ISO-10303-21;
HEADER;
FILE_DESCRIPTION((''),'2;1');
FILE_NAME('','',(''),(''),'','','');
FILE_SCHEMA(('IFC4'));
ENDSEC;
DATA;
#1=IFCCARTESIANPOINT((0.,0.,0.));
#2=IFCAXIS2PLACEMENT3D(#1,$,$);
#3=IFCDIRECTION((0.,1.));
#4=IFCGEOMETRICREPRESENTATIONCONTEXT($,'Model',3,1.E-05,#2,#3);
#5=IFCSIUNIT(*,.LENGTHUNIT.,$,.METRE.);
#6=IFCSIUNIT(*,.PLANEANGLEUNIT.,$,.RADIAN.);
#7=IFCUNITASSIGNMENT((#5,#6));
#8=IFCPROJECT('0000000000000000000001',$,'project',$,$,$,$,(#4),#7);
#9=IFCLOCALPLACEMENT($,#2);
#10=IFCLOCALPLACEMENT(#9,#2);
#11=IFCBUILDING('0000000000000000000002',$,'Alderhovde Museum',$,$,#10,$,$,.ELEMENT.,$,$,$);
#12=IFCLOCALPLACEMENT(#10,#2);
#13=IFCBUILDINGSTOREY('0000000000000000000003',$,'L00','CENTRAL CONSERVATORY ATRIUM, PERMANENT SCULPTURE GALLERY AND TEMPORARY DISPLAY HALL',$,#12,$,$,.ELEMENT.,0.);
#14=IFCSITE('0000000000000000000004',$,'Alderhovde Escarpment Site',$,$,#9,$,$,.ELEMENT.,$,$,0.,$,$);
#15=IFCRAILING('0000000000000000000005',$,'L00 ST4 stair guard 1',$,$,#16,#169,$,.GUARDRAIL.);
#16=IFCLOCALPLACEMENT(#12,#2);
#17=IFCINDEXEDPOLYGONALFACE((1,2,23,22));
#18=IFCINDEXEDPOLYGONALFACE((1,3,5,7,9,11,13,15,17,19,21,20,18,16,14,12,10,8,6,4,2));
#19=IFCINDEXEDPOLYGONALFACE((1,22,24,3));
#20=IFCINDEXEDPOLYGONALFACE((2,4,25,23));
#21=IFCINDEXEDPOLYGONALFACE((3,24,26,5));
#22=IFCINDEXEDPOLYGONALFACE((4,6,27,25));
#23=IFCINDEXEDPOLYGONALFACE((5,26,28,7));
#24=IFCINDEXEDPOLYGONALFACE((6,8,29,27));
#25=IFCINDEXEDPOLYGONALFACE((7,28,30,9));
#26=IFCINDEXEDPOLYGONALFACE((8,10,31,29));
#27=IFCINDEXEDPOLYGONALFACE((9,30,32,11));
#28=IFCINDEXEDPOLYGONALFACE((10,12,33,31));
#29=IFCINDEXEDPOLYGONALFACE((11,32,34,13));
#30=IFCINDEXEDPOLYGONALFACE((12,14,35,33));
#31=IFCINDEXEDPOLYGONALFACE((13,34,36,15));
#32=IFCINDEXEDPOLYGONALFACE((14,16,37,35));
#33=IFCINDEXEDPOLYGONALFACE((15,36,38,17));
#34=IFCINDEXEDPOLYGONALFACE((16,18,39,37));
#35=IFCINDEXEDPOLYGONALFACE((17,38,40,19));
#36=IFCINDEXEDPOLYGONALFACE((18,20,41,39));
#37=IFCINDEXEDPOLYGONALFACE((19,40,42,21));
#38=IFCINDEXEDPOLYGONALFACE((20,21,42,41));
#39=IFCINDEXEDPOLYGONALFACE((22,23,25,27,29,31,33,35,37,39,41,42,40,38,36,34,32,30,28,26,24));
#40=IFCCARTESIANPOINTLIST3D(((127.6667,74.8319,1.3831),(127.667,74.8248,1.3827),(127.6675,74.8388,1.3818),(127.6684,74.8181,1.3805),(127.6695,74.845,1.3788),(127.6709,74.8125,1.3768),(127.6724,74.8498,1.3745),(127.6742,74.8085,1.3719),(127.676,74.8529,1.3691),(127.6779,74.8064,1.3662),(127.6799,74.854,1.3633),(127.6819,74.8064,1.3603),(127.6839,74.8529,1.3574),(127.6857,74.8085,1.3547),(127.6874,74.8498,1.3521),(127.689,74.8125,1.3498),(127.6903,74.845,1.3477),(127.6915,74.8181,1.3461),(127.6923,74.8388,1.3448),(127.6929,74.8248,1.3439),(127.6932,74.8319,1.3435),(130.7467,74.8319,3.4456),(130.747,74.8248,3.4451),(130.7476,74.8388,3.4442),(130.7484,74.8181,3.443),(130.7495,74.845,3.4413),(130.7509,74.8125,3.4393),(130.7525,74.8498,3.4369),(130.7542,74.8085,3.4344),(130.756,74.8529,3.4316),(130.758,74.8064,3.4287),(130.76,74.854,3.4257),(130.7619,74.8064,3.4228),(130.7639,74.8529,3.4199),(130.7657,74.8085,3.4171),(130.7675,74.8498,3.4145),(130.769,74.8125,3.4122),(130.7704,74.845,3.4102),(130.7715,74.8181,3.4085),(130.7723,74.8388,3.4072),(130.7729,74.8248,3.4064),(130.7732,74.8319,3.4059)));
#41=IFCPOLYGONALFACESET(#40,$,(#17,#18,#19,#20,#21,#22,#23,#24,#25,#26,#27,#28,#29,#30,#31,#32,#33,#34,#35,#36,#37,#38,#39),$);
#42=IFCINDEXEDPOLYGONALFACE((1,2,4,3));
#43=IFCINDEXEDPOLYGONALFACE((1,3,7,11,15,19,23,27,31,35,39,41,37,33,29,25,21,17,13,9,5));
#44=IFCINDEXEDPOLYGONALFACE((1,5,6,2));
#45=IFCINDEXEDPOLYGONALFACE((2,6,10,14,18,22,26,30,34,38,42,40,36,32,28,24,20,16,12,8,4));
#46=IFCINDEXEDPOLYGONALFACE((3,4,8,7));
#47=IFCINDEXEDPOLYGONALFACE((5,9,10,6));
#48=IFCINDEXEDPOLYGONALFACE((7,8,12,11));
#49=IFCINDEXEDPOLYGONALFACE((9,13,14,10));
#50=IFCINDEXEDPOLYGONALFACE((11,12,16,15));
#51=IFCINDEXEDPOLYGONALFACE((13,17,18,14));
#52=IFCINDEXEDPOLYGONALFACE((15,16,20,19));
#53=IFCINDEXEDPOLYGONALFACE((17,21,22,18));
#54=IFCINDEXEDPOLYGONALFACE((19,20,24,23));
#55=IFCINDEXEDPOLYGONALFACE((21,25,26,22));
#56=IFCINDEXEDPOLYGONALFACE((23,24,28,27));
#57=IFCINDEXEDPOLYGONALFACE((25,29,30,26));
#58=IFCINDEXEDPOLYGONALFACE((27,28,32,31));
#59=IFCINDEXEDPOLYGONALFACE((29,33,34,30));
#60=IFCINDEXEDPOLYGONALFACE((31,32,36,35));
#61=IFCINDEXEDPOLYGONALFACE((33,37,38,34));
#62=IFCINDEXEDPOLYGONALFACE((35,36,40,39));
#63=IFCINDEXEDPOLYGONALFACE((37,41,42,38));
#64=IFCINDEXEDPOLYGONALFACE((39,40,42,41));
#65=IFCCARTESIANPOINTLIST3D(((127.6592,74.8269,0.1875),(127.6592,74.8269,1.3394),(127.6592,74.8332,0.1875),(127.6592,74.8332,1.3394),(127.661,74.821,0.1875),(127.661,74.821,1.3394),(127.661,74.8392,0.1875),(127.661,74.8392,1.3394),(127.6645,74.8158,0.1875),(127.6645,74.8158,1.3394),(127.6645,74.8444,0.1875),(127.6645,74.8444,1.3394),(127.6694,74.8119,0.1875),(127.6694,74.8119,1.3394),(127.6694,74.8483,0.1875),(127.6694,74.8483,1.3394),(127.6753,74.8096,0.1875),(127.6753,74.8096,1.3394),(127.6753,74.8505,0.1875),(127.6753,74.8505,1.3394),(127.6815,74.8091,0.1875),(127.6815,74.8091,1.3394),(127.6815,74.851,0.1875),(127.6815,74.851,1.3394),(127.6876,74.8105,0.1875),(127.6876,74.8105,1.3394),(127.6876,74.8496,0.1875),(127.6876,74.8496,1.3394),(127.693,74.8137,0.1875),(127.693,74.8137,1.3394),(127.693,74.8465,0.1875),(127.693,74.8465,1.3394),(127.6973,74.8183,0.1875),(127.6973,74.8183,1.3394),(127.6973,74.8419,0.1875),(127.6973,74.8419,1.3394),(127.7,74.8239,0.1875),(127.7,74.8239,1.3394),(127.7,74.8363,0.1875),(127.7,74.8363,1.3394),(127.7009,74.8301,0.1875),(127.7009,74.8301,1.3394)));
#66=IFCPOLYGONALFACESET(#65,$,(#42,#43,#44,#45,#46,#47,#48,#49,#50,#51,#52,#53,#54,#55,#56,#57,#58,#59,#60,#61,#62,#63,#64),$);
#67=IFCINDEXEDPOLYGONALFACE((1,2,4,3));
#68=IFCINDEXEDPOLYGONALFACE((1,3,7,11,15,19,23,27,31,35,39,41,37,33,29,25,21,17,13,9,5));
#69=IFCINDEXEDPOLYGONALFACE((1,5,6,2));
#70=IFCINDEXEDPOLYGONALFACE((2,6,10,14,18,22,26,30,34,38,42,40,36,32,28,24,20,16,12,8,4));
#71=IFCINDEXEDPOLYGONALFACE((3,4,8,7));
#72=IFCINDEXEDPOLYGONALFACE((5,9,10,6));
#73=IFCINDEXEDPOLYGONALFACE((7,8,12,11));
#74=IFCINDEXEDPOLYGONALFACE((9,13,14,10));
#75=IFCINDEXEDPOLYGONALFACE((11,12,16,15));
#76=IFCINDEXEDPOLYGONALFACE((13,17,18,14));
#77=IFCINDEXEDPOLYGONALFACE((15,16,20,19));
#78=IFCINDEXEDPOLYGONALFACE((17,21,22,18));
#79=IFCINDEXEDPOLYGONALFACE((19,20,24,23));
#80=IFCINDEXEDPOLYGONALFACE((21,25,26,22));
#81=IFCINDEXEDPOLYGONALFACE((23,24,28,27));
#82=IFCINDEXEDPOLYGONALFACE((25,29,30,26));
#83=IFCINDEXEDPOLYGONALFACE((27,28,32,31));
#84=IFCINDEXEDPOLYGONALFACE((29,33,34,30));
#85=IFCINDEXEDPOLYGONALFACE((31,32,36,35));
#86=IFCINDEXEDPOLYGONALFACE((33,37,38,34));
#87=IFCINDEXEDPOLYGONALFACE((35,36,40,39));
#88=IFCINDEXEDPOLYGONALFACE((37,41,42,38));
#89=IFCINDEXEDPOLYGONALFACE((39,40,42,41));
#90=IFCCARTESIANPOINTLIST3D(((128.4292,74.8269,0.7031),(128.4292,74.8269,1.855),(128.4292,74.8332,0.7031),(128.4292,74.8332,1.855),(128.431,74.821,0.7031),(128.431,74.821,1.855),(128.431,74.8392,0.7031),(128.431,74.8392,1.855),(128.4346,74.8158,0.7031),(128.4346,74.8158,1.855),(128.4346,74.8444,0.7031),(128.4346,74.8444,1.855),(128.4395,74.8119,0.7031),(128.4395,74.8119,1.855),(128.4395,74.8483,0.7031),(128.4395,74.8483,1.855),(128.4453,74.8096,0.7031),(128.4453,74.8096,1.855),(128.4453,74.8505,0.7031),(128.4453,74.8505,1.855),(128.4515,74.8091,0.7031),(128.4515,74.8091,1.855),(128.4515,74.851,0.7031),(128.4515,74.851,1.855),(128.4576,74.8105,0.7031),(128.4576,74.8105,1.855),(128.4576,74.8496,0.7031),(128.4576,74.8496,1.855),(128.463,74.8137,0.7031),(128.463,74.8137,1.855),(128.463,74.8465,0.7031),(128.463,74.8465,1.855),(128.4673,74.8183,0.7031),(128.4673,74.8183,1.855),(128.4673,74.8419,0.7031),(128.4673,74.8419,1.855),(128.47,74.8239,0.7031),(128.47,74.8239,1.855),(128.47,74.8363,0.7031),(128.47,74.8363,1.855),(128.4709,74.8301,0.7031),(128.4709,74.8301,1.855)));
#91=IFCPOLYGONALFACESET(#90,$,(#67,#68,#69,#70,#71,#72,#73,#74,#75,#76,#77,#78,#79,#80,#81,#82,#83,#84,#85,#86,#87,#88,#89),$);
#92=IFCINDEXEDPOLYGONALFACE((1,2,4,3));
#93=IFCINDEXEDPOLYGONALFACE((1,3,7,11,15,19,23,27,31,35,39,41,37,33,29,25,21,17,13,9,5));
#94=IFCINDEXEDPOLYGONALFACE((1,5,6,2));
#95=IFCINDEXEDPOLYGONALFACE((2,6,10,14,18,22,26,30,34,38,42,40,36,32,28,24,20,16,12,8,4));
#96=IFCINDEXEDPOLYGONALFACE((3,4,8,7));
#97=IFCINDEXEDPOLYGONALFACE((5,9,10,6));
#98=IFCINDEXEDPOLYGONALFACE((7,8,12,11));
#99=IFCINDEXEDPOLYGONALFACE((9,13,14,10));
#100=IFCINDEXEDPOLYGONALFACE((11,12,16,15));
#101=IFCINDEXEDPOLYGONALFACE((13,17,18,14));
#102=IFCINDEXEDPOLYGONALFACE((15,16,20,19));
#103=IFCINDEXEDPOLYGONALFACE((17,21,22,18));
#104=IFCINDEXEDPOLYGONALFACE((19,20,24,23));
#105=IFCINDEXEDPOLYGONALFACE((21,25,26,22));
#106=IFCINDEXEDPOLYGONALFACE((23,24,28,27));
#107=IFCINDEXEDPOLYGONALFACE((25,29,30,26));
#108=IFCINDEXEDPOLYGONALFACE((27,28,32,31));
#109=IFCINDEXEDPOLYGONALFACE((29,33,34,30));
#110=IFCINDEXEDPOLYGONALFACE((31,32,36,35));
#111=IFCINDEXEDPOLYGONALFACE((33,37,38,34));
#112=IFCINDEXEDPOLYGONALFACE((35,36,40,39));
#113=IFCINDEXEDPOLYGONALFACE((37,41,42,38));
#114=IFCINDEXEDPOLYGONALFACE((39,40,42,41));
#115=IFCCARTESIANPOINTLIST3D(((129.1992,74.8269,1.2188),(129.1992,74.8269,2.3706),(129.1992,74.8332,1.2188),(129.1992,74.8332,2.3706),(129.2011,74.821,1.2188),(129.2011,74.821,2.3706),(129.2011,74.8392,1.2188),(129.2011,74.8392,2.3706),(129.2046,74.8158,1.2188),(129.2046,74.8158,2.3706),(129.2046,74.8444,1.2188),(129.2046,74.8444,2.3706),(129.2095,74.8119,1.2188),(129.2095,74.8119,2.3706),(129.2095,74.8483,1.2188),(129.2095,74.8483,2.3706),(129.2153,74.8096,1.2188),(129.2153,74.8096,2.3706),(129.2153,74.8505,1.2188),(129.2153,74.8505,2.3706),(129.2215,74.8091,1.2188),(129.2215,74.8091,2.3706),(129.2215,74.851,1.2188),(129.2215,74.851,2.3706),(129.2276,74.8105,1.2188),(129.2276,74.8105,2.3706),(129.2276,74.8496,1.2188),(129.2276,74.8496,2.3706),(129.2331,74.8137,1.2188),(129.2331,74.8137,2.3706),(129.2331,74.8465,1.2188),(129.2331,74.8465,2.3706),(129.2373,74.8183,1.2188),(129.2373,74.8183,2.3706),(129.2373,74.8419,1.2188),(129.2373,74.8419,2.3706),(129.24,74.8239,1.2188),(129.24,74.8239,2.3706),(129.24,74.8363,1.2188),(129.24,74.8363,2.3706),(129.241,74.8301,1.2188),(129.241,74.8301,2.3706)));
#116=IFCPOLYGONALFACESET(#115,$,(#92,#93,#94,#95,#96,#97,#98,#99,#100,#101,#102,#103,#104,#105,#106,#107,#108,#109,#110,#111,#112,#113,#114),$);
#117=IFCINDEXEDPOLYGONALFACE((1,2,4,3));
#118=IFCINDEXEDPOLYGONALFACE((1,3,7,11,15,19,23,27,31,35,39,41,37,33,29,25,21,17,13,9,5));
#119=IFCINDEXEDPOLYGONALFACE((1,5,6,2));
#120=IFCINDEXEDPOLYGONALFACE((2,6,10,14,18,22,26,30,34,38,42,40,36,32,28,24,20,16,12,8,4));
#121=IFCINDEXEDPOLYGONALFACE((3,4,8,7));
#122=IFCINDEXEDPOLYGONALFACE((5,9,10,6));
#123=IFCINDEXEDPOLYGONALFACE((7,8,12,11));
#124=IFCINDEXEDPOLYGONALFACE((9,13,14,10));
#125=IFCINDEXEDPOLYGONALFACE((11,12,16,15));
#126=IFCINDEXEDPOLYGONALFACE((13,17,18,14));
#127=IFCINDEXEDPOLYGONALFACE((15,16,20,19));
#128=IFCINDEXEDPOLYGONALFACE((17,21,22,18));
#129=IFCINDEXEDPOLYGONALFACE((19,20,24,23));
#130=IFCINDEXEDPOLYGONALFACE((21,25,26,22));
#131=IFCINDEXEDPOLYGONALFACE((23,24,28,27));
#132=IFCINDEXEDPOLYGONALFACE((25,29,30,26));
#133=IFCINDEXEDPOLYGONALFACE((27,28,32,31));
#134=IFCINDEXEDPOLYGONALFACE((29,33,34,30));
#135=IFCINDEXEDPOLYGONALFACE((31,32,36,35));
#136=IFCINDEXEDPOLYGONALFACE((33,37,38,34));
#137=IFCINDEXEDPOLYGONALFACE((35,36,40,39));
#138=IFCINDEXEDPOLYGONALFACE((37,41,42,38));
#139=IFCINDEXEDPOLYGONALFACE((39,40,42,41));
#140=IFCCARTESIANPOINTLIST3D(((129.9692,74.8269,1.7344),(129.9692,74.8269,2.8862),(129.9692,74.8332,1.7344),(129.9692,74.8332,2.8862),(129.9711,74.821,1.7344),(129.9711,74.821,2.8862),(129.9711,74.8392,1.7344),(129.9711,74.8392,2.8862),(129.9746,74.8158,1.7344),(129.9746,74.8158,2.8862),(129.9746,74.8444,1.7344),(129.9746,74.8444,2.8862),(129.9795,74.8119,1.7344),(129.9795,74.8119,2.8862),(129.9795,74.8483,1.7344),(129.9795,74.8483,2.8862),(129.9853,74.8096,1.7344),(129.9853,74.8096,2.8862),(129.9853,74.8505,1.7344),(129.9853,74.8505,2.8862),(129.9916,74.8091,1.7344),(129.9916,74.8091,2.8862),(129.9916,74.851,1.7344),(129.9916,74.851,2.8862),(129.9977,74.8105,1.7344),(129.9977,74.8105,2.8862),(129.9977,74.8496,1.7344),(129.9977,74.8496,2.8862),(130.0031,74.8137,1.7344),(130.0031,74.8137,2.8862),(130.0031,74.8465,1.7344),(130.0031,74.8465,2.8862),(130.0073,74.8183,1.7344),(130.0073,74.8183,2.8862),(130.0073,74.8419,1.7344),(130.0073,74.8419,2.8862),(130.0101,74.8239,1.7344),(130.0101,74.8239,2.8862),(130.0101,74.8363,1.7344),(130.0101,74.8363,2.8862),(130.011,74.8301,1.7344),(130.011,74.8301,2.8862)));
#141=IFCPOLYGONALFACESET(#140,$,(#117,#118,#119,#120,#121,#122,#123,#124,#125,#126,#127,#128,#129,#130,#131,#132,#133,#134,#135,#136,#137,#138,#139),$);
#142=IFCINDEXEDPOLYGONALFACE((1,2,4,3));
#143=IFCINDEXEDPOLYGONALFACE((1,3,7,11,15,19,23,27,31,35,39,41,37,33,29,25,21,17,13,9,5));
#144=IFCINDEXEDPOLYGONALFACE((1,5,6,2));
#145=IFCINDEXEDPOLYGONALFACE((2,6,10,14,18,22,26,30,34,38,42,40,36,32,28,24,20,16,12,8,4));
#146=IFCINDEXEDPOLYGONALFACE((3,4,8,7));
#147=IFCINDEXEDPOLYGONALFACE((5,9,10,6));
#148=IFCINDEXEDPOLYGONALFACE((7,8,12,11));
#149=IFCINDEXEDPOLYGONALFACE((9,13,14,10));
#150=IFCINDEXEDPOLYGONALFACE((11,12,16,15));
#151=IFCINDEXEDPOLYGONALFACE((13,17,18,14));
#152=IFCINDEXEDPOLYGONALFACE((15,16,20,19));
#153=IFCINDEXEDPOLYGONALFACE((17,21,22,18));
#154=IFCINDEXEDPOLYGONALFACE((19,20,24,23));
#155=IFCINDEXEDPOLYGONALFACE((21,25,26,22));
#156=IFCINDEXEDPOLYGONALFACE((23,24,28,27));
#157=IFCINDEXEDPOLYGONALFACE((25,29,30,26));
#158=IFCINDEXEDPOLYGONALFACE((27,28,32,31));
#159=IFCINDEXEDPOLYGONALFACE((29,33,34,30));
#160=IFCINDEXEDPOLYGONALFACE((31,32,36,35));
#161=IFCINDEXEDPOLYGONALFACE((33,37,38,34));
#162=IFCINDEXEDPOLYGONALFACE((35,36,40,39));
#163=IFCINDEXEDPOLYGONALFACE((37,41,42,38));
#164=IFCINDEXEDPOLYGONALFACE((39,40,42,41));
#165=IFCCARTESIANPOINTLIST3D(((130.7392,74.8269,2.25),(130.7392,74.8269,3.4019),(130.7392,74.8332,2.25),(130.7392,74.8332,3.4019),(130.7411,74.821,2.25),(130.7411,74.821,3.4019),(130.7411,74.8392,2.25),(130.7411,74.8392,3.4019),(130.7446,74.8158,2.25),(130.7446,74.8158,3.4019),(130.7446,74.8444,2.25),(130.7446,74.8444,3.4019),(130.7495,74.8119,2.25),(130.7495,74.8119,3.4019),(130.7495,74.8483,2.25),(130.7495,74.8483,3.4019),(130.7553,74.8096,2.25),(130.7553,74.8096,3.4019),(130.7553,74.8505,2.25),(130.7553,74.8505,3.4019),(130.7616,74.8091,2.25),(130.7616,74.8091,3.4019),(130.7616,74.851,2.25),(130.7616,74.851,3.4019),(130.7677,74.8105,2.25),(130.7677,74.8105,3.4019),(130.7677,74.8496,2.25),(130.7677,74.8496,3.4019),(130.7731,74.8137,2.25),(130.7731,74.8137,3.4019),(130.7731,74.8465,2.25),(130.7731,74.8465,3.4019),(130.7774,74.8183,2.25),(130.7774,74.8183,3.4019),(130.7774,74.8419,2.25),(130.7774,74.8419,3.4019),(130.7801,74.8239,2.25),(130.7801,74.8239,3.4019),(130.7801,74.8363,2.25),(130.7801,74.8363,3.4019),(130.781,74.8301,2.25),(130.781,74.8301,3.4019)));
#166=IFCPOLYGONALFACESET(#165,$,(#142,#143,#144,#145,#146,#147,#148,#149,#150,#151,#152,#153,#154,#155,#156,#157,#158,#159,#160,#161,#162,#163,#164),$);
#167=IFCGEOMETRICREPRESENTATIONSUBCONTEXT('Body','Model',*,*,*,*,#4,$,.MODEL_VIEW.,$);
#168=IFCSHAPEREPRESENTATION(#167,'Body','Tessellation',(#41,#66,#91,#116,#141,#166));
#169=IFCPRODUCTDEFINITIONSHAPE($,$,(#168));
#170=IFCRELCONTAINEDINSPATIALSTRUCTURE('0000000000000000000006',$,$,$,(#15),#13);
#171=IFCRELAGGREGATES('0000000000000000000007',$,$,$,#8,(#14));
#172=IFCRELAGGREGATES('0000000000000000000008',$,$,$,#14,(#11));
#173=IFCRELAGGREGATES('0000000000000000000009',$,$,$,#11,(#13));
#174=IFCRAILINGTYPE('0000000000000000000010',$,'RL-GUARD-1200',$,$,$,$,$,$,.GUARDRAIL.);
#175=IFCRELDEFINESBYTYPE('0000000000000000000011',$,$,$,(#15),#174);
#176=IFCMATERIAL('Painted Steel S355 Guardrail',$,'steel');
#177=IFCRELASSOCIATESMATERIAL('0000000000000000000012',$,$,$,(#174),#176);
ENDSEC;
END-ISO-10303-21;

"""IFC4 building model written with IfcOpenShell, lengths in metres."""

from ifc_helpers import new_model, si_unit, direction, frame, origin, origin_2d, place, context, subcontext, project, spatial, circle, extrude, material, type_object, element, save


model = new_model("IFC4")

# Units and contexts
model_context = context("Model", 3, precision=1e-05, world=origin(), true_north=direction((0.0, 1.0)))
body_context = subcontext(model_context, "Body", "Model", "MODEL_VIEW")
ifc_project = project(units=[si_unit("LENGTHUNIT", "METRE"), si_unit("PLANEANGLEUNIT", "RADIAN")], contexts=[model_context])

# Site, building, storey
site_placement = place(None, origin())
site = spatial("IfcSite", under=ifc_project, at=site_placement, Name="Alderhovde Escarpment Site", CompositionType="ELEMENT", RefElevation=0.0)
building_placement = place(site_placement, origin())
building = spatial("IfcBuilding", under=site, at=building_placement, Name="Alderhovde Museum", CompositionType="ELEMENT")
storey_placement = place(building_placement, origin())
storey = spatial("IfcBuildingStorey", under=building, at=storey_placement, Name="L00", Description="CENTRAL CONSERVATORY ATRIUM, PERMANENT SCULPTURE GALLERY AND TEMPORARY DISPLAY HALL", CompositionType="ELEMENT", Elevation=0.0)

# Railing
ifc_material_1 = material(Name="Painted Steel S355 Guardrail", Category="steel")
railing_type_1 = type_object("IfcRailingType", Name="RL-GUARD-1200", PredefinedType="GUARDRAIL", material=ifc_material_1)
railing_1_placement = place(storey_placement, frame((127.6799, 74.8301, 0.1875)))
element("IfcRailing", 1, at=railing_1_placement, inside=storey, type_object=railing_type_1, Name="L00 ST4 stair guard 1", PredefinedType="GUARDRAIL", context=body_context, shape_type="SweptSolid", body=[
    extrude(circle(Radius=0.0239, at=origin_2d()), frame((0.0, 0.0, 1.1758), z_axis=(0.830914, 0.0, 0.556401), x_axis=(0.0, 1.0, 0.0)), (0.0, 0.0, 1.0), 3.7068),
    extrude(circle(Radius=0.021, at=origin_2d()), origin(), (0.0, 0.0, 1.0), 1.1519),
    extrude(circle(Radius=0.021, at=origin_2d()), frame((0.77, 0.0, 0.5156)), (0.0, 0.0, 1.0), 1.1519),
    extrude(circle(Radius=0.021, at=origin_2d()), frame((1.54, 0.0, 1.0312)), (0.0, 0.0, 1.0), 1.1519),
    extrude(circle(Radius=0.021, at=origin_2d()), frame((2.3101, 0.0, 1.5469)), (0.0, 0.0, 1.0), 1.1519),
    extrude(circle(Radius=0.021, at=origin_2d()), frame((3.0801, 0.0, 2.0625)), (0.0, 0.0, 1.0), 1.1519),
])

save(model, "model.ifc")
